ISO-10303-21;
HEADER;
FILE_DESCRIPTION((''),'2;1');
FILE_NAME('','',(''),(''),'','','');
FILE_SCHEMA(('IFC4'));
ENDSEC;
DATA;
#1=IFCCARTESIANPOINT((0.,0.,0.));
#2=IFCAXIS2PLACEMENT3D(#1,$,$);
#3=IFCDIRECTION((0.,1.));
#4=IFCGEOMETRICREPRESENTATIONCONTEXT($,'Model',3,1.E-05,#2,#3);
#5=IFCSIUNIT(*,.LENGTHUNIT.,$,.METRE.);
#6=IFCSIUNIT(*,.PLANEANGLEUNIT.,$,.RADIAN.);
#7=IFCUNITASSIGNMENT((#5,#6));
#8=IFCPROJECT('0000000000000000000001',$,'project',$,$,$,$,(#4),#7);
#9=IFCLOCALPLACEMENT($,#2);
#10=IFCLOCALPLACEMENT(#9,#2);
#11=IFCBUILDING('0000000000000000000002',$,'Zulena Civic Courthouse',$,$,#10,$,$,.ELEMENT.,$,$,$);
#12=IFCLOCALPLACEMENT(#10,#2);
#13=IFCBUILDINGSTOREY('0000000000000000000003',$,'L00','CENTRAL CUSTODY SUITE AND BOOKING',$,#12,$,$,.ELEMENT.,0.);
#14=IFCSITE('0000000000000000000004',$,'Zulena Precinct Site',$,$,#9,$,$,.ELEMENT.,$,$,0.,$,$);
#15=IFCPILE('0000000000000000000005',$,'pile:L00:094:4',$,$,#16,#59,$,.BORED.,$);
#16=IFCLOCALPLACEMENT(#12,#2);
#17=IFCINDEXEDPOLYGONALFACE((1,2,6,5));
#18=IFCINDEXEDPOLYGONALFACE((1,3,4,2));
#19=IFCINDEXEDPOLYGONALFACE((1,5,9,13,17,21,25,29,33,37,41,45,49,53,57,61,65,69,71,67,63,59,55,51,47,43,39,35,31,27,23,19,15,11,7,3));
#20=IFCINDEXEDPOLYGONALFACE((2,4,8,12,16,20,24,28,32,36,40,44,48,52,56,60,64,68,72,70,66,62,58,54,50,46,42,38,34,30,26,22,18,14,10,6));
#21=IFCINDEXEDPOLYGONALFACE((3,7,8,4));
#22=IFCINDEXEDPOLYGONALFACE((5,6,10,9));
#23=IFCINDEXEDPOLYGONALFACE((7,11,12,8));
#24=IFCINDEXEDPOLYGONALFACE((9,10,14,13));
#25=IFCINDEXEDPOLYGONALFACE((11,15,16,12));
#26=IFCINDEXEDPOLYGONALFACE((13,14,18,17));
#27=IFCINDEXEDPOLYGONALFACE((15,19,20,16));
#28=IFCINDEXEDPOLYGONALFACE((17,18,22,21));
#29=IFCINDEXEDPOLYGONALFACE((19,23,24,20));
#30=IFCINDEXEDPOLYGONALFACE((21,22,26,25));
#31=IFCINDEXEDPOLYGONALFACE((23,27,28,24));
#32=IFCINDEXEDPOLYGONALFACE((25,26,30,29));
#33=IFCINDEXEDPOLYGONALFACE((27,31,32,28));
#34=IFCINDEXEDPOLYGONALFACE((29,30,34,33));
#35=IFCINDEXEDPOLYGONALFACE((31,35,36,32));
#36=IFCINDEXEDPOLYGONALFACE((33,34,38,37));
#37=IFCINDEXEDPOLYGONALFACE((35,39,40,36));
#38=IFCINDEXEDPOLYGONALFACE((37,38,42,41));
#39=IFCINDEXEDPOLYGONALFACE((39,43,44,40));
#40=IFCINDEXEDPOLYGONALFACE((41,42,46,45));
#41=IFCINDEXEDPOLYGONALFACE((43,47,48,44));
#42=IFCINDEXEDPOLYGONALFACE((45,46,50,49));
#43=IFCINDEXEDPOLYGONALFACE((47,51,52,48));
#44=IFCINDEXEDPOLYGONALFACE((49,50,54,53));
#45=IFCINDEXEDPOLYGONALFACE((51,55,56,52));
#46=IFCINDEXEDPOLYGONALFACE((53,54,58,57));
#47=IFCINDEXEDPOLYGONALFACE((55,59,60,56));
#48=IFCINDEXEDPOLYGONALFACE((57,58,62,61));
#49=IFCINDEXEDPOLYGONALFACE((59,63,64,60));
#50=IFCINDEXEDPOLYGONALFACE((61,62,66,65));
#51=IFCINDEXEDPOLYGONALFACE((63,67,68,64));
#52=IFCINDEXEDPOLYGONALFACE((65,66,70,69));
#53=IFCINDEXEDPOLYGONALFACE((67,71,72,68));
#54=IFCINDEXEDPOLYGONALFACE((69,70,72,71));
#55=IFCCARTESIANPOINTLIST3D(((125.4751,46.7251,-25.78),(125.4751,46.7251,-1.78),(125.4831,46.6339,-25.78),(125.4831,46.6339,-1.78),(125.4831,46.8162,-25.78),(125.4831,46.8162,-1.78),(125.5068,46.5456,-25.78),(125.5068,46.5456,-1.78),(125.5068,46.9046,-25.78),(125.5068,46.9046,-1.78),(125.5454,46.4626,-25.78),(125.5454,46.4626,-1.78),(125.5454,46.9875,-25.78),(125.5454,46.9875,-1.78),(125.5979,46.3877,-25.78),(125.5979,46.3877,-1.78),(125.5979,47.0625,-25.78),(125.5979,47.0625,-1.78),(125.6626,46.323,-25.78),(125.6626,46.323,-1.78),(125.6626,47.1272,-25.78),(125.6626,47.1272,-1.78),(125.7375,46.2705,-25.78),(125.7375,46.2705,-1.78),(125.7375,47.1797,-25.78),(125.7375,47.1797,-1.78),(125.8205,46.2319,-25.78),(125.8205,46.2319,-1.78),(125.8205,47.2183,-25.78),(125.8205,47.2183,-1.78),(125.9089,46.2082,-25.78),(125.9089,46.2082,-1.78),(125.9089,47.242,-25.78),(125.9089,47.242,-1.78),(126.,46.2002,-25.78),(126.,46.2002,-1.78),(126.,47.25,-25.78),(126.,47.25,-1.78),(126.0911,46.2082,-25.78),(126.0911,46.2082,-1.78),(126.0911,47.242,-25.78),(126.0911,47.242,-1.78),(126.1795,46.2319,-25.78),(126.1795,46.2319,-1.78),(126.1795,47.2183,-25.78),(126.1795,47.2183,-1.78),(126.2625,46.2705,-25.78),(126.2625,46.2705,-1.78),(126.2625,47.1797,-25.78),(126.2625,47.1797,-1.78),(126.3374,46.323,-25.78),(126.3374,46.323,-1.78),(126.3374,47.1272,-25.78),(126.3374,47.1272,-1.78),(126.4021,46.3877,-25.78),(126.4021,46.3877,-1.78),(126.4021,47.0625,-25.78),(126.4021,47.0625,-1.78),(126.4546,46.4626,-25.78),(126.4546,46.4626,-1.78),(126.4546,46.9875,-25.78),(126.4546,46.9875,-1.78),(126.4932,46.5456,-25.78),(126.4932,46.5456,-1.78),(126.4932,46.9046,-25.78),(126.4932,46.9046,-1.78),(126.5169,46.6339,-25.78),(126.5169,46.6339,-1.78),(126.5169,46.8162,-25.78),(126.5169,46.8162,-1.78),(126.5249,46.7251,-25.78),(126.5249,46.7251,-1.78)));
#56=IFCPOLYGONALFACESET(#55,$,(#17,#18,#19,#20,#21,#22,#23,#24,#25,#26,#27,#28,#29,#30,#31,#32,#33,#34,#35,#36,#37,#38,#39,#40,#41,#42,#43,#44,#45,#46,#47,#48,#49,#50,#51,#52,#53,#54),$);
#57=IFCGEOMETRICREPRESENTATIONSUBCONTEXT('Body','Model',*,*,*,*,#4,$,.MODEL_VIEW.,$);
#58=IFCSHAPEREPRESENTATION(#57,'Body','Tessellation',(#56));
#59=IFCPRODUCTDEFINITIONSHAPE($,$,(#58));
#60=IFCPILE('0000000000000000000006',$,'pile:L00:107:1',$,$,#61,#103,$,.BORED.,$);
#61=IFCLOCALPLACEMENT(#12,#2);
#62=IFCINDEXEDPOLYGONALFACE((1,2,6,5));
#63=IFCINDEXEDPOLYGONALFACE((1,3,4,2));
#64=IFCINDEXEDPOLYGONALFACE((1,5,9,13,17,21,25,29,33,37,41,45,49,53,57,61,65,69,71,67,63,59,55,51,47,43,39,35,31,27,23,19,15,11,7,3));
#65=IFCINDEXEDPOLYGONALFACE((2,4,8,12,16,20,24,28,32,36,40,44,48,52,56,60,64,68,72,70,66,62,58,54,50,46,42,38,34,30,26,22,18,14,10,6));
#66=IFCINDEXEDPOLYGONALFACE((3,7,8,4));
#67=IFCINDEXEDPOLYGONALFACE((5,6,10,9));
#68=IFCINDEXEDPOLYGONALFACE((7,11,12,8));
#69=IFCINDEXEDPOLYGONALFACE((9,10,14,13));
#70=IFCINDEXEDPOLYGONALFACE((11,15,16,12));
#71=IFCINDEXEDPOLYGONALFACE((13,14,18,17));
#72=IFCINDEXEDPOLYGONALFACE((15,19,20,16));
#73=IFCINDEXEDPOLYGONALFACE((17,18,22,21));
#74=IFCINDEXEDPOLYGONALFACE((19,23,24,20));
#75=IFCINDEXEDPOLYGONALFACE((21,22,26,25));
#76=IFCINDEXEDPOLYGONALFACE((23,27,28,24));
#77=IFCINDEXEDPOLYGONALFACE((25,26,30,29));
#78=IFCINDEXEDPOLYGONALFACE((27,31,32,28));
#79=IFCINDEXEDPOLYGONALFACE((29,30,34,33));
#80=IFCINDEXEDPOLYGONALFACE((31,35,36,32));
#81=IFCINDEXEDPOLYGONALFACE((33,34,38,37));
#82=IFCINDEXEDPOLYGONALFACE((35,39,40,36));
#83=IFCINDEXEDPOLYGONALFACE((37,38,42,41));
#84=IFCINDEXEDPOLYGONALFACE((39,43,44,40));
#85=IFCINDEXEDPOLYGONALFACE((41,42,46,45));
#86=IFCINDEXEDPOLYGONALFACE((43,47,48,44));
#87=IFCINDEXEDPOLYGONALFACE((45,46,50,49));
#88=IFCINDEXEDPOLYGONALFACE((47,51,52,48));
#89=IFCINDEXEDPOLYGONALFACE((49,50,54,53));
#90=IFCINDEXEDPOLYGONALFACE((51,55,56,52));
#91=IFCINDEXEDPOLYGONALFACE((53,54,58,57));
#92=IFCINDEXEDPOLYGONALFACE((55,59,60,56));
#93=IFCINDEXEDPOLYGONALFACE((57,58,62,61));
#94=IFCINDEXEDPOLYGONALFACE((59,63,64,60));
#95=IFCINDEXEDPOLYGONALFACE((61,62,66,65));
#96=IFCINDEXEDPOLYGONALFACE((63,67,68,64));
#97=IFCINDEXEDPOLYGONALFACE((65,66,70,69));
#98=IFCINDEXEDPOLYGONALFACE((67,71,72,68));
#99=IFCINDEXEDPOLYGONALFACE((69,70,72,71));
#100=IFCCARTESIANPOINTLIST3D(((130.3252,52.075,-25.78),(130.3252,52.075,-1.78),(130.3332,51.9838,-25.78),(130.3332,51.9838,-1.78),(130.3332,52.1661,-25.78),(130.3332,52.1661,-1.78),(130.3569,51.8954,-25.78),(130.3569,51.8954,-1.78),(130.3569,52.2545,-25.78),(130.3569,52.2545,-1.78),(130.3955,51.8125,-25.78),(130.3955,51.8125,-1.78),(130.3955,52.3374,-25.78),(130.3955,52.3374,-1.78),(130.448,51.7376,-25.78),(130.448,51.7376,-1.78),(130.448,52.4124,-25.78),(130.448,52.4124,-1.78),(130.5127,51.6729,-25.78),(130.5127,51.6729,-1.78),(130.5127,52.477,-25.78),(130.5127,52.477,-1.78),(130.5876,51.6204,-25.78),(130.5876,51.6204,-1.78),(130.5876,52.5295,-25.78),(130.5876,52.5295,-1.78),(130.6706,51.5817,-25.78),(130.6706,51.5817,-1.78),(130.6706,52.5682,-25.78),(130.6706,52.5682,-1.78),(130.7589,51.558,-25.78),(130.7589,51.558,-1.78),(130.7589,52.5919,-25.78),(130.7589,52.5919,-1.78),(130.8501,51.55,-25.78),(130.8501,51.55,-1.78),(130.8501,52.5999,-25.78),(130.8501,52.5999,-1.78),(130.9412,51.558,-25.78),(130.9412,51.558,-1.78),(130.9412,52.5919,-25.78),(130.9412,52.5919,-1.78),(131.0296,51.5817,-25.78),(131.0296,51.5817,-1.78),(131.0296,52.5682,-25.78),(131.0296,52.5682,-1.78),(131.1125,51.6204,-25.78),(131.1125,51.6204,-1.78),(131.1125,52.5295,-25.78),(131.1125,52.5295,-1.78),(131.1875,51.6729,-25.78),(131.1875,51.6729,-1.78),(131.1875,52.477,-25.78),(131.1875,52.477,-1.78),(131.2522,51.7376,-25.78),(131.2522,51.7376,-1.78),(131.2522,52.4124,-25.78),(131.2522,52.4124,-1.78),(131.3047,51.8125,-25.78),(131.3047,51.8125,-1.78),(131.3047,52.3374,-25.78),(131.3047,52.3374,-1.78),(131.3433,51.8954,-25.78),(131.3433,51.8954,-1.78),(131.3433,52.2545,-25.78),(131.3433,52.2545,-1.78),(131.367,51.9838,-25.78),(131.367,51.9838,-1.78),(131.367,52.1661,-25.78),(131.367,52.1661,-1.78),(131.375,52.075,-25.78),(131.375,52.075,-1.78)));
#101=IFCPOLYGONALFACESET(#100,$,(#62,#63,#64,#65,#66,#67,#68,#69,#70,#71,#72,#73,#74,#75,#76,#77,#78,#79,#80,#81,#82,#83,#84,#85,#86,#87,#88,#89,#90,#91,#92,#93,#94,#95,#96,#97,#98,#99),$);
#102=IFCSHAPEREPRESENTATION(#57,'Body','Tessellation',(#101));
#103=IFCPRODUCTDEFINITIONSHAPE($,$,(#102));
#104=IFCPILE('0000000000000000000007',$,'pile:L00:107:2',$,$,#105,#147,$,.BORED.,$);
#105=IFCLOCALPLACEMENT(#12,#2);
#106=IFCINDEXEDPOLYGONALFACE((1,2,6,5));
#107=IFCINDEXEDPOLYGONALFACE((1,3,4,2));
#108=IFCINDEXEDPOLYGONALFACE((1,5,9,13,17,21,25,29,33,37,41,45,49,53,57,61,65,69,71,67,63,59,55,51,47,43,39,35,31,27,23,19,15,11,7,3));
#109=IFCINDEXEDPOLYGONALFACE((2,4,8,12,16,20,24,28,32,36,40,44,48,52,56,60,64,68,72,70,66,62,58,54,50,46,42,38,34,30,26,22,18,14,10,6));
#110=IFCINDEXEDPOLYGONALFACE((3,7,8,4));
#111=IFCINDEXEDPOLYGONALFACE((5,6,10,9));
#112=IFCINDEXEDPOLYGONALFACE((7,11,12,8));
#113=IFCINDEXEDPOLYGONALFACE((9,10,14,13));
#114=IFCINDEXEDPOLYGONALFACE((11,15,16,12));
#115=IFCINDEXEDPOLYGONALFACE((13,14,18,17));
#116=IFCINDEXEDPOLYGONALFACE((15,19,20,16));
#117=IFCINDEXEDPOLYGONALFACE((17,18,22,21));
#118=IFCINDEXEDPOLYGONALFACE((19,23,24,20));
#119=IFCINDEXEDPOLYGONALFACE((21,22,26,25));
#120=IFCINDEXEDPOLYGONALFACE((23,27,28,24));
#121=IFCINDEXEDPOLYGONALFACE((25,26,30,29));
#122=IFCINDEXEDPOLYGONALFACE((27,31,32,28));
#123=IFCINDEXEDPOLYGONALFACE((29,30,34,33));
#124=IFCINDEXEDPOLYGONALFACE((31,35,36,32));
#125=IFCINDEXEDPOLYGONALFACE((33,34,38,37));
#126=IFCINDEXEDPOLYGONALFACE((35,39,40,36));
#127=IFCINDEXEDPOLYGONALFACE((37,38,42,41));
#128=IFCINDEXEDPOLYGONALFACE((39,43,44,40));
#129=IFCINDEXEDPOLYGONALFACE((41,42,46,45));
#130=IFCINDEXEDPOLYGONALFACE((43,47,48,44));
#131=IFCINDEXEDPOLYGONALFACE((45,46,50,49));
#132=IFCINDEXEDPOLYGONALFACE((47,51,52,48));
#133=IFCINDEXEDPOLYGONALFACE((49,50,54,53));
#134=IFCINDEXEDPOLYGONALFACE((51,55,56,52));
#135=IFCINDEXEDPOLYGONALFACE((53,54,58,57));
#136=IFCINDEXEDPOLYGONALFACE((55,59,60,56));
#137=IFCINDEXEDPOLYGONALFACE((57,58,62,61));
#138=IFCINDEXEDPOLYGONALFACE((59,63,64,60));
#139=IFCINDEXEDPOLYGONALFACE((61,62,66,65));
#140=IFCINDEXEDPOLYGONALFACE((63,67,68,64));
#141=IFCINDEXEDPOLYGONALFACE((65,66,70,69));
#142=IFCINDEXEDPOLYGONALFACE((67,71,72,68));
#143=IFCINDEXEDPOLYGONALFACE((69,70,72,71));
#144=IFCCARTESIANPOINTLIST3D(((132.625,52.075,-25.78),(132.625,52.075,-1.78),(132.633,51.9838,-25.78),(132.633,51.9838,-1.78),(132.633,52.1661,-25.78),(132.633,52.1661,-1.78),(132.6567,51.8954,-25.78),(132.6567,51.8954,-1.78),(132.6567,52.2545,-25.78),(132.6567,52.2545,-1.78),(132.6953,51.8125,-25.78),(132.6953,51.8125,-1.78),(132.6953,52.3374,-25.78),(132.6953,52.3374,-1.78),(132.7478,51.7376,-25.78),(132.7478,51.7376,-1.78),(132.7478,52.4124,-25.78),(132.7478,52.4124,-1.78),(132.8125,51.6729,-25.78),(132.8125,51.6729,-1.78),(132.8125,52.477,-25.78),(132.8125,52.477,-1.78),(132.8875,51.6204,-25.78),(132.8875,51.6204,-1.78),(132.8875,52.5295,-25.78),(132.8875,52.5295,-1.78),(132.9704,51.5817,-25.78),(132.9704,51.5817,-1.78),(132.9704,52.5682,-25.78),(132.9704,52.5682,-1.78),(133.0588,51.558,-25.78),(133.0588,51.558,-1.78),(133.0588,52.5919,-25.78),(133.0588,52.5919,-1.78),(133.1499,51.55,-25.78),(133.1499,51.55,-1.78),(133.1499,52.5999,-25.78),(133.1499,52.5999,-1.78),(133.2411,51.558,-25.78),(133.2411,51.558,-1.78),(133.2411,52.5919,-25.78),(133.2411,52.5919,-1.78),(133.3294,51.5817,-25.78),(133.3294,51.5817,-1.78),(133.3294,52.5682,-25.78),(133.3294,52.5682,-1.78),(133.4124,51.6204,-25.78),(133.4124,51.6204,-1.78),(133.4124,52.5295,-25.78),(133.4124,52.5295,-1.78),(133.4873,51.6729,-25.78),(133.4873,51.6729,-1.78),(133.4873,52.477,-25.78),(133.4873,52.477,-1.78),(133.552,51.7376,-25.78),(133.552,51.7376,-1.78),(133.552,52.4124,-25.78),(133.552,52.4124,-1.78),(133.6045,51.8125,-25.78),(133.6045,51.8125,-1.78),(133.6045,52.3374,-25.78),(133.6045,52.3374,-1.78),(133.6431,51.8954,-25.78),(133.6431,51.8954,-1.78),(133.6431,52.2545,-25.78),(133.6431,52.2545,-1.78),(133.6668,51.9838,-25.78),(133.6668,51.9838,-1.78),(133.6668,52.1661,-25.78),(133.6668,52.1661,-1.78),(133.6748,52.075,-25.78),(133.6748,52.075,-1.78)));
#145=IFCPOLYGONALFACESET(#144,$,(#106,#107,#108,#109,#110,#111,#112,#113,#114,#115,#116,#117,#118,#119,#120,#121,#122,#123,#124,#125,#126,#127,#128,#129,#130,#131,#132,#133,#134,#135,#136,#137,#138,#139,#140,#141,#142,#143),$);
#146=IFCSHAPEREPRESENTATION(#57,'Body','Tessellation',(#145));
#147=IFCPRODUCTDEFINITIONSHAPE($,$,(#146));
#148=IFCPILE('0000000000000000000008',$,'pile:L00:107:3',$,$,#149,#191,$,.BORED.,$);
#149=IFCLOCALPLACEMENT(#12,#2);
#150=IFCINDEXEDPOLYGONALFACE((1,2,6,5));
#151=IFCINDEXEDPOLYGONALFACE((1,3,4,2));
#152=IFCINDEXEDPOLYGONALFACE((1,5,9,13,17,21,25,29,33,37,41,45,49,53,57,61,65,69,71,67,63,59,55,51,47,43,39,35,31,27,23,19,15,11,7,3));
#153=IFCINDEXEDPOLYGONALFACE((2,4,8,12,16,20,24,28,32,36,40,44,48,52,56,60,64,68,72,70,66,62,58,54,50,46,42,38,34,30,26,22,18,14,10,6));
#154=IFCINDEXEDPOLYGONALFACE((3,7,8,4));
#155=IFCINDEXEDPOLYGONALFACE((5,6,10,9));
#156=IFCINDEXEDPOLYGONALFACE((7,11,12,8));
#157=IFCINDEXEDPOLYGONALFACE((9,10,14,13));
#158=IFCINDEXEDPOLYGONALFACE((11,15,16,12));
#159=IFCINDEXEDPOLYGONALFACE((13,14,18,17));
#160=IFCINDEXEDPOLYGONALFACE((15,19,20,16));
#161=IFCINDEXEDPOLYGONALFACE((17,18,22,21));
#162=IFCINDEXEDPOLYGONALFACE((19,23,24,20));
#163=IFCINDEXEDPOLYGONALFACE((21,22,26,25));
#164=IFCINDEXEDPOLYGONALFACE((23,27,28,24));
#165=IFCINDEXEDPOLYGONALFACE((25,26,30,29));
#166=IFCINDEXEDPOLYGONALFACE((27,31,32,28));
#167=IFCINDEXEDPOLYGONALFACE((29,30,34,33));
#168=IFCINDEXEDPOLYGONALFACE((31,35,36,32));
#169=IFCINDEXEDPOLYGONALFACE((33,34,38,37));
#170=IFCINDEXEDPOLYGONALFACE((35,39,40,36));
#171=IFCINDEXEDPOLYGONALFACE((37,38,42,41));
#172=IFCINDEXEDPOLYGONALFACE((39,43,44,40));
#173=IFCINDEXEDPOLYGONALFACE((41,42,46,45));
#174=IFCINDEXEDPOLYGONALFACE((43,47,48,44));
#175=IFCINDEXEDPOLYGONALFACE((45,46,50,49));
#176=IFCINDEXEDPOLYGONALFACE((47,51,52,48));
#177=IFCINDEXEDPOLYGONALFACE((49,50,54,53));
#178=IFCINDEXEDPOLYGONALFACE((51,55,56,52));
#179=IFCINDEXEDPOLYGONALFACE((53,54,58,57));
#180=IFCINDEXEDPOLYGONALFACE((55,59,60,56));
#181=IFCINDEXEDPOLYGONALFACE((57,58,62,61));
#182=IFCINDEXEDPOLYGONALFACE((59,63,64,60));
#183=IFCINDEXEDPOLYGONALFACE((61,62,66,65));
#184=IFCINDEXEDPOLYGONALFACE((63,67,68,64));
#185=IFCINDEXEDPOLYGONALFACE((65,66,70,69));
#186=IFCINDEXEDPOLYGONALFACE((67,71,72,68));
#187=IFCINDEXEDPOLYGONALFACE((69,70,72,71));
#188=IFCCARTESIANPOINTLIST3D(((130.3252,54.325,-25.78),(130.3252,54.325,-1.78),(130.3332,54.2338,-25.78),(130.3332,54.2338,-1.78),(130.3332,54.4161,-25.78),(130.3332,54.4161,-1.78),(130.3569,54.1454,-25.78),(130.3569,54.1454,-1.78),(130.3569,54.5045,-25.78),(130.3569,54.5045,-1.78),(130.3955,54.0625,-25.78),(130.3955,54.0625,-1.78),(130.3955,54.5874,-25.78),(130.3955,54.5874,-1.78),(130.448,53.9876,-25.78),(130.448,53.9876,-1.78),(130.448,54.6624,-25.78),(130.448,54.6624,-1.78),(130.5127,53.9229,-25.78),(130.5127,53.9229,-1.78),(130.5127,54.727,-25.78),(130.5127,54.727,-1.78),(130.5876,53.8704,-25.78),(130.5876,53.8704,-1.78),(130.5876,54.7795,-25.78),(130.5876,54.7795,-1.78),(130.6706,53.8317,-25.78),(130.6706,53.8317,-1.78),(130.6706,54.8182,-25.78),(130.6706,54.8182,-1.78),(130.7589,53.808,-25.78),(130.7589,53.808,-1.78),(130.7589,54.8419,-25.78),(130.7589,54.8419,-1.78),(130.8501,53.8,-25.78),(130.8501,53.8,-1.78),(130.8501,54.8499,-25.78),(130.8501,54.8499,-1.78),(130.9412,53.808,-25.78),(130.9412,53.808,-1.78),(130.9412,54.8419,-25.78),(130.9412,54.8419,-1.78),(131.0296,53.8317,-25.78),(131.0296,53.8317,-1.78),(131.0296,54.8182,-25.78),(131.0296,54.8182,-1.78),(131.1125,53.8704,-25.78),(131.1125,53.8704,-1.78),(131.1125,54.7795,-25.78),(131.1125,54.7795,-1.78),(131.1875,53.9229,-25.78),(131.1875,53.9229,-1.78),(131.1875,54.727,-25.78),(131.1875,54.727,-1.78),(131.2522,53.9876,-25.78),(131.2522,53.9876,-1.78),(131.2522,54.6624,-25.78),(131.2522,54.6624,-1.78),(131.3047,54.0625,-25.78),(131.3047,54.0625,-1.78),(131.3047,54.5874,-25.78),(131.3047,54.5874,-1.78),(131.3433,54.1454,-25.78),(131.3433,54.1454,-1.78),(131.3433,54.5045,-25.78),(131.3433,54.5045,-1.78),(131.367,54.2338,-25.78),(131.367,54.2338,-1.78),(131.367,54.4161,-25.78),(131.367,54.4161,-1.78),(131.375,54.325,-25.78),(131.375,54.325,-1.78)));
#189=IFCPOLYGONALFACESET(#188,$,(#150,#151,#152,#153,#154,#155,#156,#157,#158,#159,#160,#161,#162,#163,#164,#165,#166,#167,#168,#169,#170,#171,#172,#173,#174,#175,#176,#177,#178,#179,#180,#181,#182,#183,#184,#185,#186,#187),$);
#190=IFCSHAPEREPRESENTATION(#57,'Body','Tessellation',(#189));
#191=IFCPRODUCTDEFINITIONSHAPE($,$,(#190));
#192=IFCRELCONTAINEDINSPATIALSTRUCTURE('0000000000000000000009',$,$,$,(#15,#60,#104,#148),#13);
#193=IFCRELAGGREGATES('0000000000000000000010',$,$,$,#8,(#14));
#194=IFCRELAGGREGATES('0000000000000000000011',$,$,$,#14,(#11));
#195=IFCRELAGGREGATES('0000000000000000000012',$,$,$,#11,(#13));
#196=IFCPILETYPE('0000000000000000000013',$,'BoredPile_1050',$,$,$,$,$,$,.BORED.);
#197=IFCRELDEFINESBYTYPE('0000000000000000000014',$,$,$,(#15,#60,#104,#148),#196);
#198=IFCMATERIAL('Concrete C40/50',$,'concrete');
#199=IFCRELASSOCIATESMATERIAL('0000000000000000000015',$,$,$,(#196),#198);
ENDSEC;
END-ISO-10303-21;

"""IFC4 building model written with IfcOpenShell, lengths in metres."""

from ifc_helpers import new_model, si_unit, direction, frame, origin, origin_2d, place, context, subcontext, project, spatial, circle, extrude, material, material_profile, profile_set, type_object, element, save


model = new_model("IFC4")

# Units and contexts
model_context = context("Model", 3, precision=1e-05, world=origin(), true_north=direction((0.0, 1.0)))
body_context = subcontext(model_context, "Body", "Model", "MODEL_VIEW")
ifc_project = project(units=[si_unit("LENGTHUNIT", "METRE"), si_unit("PLANEANGLEUNIT", "RADIAN")], contexts=[model_context])

# Site, building, storey
site_placement = place(None, origin())
site = spatial("IfcSite", under=ifc_project, at=site_placement, Name="Zulena Precinct Site", CompositionType="ELEMENT", RefElevation=0.0)
building_placement = place(site_placement, origin())
building = spatial("IfcBuilding", under=site, at=building_placement, Name="Zulena Civic Courthouse", CompositionType="ELEMENT")
storey_placement = place(building_placement, origin())
storey = spatial("IfcBuildingStorey", under=building, at=storey_placement, Name="L00", Description="CENTRAL CUSTODY SUITE AND BOOKING", CompositionType="ELEMENT", Elevation=0.0)

# Piles
ifc_material_1 = material(Name="Concrete C40/50", Category="concrete")
ifc_material_profile_1 = material_profile(ifc_material_1, circle(Radius=0.5249, at=origin_2d()), Name="PILE1050")
ifc_profile_set_1 = profile_set([ifc_material_profile_1], Name="Concrete C40/50")
pile_type_1 = type_object("IfcPileType", Name="BoredPile_1050", PredefinedType="BORED", material=ifc_profile_set_1)
for number, where, z_axis, x_axis, name in (
    (1, (126.0, 46.7251, -1.78), (0.0, 0.0, -1.0), (1.0, 0.0, 0.0), "pile:L00:094:4"),
    (2, (130.8501, 52.075, -1.78), (0.0, 0.0, -1.0), (1.0, 0.0, 0.0), "pile:L00:107:1"),
    (3, (133.1499, 52.075, -1.78), (0.0, 0.0, -1.0), (1.0, 0.0, 0.0), "pile:L00:107:2"),
    (4, (130.8501, 54.325, -1.78), (0.0, 0.0, -1.0), (1.0, 0.0, 0.0), "pile:L00:107:3"),
):
    element("IfcPile", number, at=place(storey_placement, frame(where, z_axis=z_axis, x_axis=x_axis)), inside=storey, type_object=pile_type_1, Name=name, PredefinedType="BORED", context=body_context, shape_type="SweptSolid", body=[
        extrude(circle(Radius=0.5249, at=origin_2d()), origin(), (0.0, 0.0, 1.0), 24.0),
    ])

save(model, "model.ifc")
